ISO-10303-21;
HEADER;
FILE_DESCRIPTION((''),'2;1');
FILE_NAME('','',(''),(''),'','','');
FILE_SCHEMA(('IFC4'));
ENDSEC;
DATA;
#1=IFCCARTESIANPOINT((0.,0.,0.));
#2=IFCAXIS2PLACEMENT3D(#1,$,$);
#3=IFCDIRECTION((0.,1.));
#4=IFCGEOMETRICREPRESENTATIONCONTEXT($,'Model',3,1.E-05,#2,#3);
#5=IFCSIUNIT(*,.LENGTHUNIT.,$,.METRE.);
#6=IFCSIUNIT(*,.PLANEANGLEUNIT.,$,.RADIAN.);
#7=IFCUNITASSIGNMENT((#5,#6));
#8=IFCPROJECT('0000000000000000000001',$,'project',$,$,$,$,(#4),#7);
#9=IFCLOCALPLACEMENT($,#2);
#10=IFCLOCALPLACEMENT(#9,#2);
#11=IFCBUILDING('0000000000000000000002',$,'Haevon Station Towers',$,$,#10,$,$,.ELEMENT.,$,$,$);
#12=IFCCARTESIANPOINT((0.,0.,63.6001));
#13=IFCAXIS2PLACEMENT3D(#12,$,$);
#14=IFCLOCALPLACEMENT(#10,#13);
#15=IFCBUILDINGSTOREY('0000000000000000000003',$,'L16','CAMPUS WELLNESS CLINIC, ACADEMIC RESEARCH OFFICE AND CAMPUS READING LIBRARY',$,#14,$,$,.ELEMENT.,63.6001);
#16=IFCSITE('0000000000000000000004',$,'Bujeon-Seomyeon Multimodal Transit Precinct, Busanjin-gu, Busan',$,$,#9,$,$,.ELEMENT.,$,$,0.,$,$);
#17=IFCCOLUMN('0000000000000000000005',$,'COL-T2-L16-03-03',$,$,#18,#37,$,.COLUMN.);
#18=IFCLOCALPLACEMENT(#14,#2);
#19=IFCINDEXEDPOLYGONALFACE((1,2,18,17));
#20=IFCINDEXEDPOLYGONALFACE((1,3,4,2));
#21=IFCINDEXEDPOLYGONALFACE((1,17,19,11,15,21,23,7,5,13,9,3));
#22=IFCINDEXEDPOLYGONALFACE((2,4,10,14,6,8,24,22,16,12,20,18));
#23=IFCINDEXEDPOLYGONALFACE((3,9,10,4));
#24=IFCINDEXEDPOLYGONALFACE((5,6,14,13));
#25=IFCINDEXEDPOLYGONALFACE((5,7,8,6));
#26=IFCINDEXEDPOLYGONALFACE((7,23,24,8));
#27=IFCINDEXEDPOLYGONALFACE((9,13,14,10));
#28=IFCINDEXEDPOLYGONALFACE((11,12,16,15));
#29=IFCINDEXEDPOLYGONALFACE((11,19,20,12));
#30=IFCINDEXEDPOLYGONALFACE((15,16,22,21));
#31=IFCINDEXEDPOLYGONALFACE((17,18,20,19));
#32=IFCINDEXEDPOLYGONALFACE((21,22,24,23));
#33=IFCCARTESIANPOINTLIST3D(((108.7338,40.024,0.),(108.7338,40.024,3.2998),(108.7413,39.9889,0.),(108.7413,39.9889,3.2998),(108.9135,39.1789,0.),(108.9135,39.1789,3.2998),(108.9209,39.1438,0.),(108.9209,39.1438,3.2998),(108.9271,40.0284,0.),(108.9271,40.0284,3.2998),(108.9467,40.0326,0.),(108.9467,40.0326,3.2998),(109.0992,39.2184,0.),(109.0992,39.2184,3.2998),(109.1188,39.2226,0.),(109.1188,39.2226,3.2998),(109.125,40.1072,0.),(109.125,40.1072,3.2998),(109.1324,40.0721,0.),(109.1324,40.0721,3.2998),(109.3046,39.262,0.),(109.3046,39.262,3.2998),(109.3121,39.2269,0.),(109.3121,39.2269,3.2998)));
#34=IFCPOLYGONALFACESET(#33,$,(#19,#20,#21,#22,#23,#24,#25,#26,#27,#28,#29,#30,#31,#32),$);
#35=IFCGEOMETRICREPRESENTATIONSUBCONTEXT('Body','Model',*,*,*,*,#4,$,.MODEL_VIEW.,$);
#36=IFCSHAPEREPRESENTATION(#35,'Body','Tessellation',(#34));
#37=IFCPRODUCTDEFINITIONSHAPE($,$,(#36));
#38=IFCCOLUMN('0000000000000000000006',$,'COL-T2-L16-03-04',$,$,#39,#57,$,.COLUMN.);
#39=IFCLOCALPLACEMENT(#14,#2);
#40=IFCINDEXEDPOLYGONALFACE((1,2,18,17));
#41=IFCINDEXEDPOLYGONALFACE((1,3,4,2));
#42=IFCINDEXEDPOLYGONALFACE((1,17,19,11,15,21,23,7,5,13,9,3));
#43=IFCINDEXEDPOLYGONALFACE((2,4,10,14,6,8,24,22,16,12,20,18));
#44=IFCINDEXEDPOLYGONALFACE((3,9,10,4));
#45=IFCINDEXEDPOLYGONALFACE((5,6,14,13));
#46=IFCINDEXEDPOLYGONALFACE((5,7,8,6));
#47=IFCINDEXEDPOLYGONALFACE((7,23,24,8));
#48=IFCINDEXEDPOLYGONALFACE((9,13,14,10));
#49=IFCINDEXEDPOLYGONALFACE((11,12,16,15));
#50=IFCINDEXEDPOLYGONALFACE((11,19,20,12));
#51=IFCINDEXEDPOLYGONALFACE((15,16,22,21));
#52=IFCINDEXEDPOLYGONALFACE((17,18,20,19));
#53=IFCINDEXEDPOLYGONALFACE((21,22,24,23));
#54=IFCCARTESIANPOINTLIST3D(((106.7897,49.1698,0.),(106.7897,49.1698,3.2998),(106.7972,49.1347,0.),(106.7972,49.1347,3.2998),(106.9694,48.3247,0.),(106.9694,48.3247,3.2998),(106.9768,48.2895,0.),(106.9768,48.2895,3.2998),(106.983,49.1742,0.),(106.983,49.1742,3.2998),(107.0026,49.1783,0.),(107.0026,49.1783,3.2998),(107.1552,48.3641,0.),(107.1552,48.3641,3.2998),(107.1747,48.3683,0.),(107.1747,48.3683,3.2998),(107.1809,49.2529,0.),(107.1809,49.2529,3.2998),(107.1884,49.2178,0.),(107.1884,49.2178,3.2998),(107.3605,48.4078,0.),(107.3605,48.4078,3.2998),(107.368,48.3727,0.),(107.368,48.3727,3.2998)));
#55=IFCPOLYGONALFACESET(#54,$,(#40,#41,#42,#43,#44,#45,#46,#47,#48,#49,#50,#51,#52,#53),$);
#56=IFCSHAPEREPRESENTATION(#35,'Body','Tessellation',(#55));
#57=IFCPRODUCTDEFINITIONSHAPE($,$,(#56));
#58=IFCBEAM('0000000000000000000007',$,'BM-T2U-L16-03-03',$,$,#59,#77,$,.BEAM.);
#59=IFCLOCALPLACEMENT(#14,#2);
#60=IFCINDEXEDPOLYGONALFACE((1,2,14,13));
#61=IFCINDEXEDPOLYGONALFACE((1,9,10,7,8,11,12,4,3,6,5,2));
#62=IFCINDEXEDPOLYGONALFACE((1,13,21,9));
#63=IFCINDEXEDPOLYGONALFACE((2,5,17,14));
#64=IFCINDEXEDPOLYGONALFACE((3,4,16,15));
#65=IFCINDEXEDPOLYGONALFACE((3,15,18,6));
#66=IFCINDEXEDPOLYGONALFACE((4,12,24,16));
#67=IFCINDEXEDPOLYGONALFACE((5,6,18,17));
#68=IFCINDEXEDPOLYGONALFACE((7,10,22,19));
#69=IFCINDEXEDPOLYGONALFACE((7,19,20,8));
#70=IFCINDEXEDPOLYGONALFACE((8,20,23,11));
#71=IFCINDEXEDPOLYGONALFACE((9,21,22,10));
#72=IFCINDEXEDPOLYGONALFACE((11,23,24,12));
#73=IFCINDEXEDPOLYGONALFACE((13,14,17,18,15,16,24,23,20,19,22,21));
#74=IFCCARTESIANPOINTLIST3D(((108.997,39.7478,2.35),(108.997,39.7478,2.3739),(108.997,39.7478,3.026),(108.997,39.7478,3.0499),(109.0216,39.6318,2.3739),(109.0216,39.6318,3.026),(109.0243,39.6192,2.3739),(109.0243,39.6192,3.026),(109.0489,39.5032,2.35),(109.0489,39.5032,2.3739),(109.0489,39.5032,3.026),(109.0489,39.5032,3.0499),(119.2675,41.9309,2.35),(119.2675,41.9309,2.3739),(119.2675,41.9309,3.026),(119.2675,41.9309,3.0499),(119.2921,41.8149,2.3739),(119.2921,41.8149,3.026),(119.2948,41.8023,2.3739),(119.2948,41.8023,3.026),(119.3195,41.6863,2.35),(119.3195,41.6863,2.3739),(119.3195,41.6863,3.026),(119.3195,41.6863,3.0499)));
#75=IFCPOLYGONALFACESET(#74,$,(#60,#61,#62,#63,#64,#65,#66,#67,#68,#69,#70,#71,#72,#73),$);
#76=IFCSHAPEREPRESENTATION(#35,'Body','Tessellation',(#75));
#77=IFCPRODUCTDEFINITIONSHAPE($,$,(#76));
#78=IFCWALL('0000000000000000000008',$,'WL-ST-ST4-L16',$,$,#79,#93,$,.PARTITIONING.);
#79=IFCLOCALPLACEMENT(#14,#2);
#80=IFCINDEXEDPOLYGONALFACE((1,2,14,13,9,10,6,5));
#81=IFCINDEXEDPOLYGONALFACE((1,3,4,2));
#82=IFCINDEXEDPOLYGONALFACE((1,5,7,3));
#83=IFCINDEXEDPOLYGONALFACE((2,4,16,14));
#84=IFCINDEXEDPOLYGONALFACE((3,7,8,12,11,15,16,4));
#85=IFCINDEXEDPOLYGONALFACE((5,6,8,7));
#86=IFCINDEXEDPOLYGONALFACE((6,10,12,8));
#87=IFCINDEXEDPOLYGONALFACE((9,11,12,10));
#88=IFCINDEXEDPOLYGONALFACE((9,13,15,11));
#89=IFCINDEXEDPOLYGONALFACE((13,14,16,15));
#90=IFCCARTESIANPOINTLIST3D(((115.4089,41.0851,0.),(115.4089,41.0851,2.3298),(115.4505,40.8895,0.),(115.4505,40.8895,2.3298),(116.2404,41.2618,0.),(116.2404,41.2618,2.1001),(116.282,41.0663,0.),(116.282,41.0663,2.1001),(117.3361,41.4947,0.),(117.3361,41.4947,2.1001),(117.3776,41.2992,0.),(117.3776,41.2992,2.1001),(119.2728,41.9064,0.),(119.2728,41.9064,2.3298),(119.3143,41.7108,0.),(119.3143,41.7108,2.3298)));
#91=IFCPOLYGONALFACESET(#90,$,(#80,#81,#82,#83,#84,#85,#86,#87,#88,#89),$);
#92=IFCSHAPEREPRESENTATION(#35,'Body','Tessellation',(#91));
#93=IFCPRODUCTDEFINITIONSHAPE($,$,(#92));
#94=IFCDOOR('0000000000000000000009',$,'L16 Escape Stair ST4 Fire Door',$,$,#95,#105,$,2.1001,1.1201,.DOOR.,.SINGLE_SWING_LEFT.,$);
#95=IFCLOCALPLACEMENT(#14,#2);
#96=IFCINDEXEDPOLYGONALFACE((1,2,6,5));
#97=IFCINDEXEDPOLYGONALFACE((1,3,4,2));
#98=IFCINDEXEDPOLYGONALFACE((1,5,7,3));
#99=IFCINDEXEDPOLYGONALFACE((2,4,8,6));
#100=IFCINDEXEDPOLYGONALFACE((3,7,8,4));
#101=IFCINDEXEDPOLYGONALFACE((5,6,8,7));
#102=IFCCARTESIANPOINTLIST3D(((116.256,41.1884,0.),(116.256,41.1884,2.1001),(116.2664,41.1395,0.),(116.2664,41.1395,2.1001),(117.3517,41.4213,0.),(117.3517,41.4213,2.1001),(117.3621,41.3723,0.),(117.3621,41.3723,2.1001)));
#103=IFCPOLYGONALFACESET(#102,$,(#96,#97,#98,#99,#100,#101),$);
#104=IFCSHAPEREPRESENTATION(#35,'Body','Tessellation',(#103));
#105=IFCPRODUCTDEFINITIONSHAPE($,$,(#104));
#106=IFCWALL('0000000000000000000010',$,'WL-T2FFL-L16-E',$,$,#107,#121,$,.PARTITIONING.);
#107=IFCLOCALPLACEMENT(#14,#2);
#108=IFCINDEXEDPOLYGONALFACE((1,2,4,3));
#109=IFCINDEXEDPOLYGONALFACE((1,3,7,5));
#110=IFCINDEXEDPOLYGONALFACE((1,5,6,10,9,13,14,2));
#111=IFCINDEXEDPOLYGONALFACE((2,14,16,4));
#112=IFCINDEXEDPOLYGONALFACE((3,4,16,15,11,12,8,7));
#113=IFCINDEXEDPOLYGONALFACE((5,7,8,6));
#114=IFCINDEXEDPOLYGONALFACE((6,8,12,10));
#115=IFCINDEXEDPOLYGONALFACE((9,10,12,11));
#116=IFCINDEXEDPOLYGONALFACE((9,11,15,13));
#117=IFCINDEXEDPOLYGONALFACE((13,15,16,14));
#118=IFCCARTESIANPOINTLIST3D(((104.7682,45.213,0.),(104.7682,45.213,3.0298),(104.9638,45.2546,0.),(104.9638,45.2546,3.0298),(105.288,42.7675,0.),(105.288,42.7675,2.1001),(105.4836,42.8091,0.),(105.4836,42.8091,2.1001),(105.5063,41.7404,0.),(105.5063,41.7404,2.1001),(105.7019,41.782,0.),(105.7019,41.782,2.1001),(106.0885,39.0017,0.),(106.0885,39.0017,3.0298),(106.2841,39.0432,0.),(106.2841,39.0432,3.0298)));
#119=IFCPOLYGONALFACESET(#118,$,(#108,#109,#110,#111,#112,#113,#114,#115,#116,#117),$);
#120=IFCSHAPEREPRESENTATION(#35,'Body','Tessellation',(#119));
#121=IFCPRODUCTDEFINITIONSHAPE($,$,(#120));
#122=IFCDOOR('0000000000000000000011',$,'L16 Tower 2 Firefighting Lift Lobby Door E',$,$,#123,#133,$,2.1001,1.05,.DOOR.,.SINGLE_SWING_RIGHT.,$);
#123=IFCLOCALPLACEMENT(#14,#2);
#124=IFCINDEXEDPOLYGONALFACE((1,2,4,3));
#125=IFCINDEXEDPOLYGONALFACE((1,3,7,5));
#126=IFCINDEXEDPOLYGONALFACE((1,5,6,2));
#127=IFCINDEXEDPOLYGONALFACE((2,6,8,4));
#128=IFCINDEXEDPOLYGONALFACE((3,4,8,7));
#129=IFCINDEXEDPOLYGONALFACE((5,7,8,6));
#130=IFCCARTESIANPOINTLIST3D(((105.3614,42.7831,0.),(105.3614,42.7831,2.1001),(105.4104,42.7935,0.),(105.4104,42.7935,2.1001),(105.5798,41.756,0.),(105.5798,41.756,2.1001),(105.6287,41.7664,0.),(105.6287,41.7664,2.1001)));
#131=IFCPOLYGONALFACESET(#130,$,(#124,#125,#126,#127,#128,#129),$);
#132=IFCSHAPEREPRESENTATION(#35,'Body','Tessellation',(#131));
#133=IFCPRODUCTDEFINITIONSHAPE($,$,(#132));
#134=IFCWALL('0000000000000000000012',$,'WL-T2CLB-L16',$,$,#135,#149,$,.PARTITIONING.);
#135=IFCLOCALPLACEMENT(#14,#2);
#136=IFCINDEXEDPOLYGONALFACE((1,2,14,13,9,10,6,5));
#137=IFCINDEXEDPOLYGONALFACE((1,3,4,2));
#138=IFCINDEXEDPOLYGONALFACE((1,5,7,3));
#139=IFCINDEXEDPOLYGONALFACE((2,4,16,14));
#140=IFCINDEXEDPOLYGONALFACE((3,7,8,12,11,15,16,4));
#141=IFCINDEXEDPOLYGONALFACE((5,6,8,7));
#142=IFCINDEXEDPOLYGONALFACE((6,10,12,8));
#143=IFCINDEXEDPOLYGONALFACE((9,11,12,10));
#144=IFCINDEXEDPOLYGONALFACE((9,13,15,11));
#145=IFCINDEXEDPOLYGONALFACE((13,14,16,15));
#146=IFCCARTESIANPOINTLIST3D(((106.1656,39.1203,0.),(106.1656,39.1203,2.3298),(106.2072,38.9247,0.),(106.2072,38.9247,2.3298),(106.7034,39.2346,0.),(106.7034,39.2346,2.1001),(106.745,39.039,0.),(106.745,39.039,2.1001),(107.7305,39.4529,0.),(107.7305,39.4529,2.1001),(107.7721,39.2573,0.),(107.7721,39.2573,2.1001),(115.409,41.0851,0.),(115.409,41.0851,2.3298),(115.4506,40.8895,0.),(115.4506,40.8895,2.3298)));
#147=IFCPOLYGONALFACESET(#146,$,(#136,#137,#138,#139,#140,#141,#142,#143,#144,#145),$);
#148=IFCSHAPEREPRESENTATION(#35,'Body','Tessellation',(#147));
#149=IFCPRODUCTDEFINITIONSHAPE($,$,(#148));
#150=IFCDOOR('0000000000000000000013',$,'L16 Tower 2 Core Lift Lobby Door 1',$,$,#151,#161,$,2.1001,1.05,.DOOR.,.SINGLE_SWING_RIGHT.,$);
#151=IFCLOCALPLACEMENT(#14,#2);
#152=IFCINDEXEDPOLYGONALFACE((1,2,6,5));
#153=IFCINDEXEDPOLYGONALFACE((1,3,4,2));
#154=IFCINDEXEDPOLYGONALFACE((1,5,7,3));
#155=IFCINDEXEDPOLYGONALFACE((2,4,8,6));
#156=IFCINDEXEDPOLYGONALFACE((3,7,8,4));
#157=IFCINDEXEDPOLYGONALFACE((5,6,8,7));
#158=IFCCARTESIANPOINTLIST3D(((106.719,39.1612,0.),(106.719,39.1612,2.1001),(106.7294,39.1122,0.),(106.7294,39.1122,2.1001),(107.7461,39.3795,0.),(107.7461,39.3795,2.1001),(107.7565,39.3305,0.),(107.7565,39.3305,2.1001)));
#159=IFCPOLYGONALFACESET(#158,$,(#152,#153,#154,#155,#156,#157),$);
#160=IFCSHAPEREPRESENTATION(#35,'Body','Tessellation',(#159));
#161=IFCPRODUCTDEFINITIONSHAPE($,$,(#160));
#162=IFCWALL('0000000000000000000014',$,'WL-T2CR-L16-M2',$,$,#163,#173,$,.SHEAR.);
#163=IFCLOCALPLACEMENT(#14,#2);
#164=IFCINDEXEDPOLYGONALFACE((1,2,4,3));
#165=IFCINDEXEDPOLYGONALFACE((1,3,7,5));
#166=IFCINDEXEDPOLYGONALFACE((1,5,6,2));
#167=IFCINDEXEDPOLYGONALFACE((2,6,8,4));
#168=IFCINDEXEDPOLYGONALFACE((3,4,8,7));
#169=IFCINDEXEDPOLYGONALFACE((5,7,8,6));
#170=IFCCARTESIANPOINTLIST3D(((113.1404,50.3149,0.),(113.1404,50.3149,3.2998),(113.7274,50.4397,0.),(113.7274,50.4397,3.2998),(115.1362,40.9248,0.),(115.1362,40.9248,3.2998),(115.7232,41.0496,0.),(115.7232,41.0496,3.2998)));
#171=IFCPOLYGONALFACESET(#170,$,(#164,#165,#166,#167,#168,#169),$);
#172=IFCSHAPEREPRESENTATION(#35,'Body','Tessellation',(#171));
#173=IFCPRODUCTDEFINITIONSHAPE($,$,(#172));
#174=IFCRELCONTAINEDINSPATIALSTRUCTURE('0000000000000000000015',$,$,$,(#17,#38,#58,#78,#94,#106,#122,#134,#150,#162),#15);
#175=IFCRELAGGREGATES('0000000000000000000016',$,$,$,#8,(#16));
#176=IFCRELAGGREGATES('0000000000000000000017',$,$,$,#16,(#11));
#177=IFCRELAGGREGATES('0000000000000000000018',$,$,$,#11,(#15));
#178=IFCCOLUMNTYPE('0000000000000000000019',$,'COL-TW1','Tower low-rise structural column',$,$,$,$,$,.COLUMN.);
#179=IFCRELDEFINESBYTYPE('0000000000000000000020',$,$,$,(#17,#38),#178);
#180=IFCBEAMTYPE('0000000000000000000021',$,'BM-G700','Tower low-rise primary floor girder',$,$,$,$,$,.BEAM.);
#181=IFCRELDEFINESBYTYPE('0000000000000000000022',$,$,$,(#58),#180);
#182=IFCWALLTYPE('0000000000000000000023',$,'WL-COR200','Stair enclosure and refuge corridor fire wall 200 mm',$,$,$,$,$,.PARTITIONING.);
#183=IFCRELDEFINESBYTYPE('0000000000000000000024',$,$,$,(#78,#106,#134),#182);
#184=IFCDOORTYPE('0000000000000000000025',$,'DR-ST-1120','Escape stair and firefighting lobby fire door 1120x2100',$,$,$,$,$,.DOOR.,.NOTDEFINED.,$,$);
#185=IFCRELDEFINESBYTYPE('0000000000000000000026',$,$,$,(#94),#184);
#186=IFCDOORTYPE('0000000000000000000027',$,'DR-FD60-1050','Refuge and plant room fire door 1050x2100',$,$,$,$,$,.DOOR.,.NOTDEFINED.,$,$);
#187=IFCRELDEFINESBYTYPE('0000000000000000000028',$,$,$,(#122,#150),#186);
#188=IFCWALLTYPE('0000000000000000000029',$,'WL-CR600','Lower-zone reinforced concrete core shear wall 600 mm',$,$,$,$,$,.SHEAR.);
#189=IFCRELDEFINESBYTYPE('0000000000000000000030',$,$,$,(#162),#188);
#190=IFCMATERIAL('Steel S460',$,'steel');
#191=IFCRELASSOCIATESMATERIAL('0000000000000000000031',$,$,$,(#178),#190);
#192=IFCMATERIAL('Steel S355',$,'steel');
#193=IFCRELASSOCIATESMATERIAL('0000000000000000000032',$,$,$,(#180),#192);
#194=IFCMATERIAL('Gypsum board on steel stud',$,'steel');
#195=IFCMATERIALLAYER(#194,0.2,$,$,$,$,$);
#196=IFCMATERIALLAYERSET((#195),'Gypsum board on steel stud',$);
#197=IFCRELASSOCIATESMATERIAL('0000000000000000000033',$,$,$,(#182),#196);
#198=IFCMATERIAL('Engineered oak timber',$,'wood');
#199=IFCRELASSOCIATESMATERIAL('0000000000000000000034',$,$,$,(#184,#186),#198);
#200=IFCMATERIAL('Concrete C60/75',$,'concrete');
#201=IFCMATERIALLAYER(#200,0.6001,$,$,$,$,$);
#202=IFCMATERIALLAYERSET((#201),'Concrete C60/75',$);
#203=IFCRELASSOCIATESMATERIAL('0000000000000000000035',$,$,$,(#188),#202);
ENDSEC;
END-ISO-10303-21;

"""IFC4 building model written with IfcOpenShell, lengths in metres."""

from ifc_helpers import new_model, si_unit, direction, frame, frame_2d, origin, origin_2d, place, context, subcontext, project, spatial, rectangle, i_section, extrude, material, layer, layer_set, material_profile, profile_set, type_object, element, fill, save


model = new_model("IFC4")

# Units and contexts
model_context = context("Model", 3, precision=1e-05, world=origin(), true_north=direction((0.0, 1.0)))
body_context = subcontext(model_context, "Body", "Model", "MODEL_VIEW")
ifc_project = project(units=[si_unit("LENGTHUNIT", "METRE"), si_unit("PLANEANGLEUNIT", "RADIAN")], contexts=[model_context])

# Site, building, storey
site_placement = place(None, origin())
site = spatial("IfcSite", under=ifc_project, at=site_placement, Name="Bujeon-Seomyeon Multimodal Transit Precinct, Busanjin-gu, Busan", CompositionType="ELEMENT", RefElevation=0.0)
building_placement = place(site_placement, origin())
building = spatial("IfcBuilding", under=site, at=building_placement, Name="Haevon Station Towers", CompositionType="ELEMENT")
storey_placement = place(building_placement, frame((0.0, 0.0, 63.6001)))
storey = spatial("IfcBuildingStorey", under=building, at=storey_placement, Name="L16", Description="CAMPUS WELLNESS CLINIC, ACADEMIC RESEARCH OFFICE AND CAMPUS READING LIBRARY", CompositionType="ELEMENT", Elevation=63.6001)

# Columns
ifc_material_1 = material(Name="Steel S460", Category="steel")
ifc_material_profile_1 = material_profile(ifc_material_1, i_section(OverallWidth=0.3999, OverallDepth=0.8999, WebThickness=0.02, FlangeThickness=0.0359, at=origin_2d()), Name="H-900x400x20x36")
ifc_profile_set_1 = profile_set([ifc_material_profile_1], Name="Steel S460")
column_type = type_object("IfcColumnType", Name="COL-TW1", Description="Tower low-rise structural column", PredefinedType="COLUMN", material=ifc_profile_set_1)
for number, where, z_axis, x_axis, name in (
    (1, (109.0229, 39.6255, 0.0), (0.0, 0.0, 1.0), (0.978148, 0.207912, 0.0), "COL-T2-L16-03-03"),
    (2, (107.0789, 48.7712, 0.0), (0.0, 0.0, 1.0), (0.978148, 0.207912, 0.0), "COL-T2-L16-03-04"),
):
    element("IfcColumn", number, at=place(storey_placement, frame(where, z_axis=z_axis, x_axis=x_axis)), inside=storey, type_object=column_type, Name=name, PredefinedType="COLUMN", context=body_context, shape_type="SweptSolid", body=[
        extrude(i_section(OverallWidth=0.3999, OverallDepth=0.8999, WebThickness=0.02, FlangeThickness=0.0359, at=origin_2d()), origin(), (0.0, 0.0, 1.0), 3.2998),
    ])

# Beam
ifc_material_2 = material(Name="Steel S355", Category="steel")
ifc_material_profile_2 = material_profile(ifc_material_2, i_section(OverallWidth=0.25, OverallDepth=0.7, WebThickness=0.0129, FlangeThickness=0.0239, at=origin_2d()), Name="H-700x250x13x24")
ifc_profile_set_2 = profile_set([ifc_material_profile_2], Name="Steel S355")
beam_type = type_object("IfcBeamType", Name="BM-G700", Description="Tower low-rise primary floor girder", PredefinedType="BEAM", material=ifc_profile_set_2)
beam_placement = place(storey_placement, frame((109.0229, 39.6255, 2.7), z_axis=(0.978147, 0.207915, 0.0), x_axis=(-0.207915, 0.978147, 0.0)))
element("IfcBeam", 3, at=beam_placement, inside=storey, type_object=beam_type, Name="BM-T2U-L16-03-03", PredefinedType="BEAM", context=body_context, shape_type="SweptSolid", body=[
    extrude(i_section(OverallWidth=0.25, OverallDepth=0.7, WebThickness=0.0129, FlangeThickness=0.0239, at=origin_2d()), origin(), (0.0, 0.0, 1.0), 10.5),
])

# Walls, openings, doors
ifc_material_3 = material(Name="Gypsum board on steel stud", Category="steel")
ifc_layer_1 = layer(ifc_material_3, 0.2)
ifc_layer_set_1 = layer_set([ifc_layer_1], Name="Gypsum board on steel stud")
wall_type_1 = type_object("IfcWallType", Name="WL-COR200", Description="Stair enclosure and refuge corridor fire wall 200 mm", PredefinedType="PARTITIONING", material=ifc_layer_set_1)
wall_1_placement = place(storey_placement, frame((115.4297, 40.9873, 0.0), z_axis=(0.0, 0.0, 1.0), x_axis=(0.978147, 0.207916, 0.0)))
wall_1 = element("IfcWall", 4, at=wall_1_placement, inside=storey, type_object=wall_type_1, Name="WL-ST-ST4-L16", PredefinedType="PARTITIONING", context=body_context, shape_type="SweptSolid", body=[
    extrude(rectangle(XDim=3.9502, YDim=0.2, at=frame_2d((1.9751, 0.0))), origin(), (0.0, 0.0, 1.0), 2.3298),
])
opening_1_placement = place(wall_1_placement, frame((0.8501, 0.0, 0.0)))
opening_1 = element("IfcOpeningElement", 5, at=opening_1_placement, cuts=wall_1, PredefinedType="OPENING", context=body_context, shape_type="SweptSolid", body=[
    extrude(rectangle(XDim=1.1201, YDim=2.1001, at=frame_2d((0.5601, 1.05))), frame((0.0, 0.1099, 0.0), z_axis=(0.0, -1.0, 0.0), x_axis=(1.0, 0.0, 0.0)), (0.0, 0.0, 1.0), 0.22),
])
ifc_material_4 = material(Name="Engineered oak timber", Category="wood")
door_type_1 = type_object("IfcDoorType", Name="DR-ST-1120", Description="Escape stair and firefighting lobby fire door 1120x2100", OperationType="NOTDEFINED", PredefinedType="DOOR", material=ifc_material_4)
door_1_placement = place(opening_1_placement, origin())
door_1 = element("IfcDoor", 6, at=door_1_placement, inside=storey, type_object=door_type_1, Name="L16 Escape Stair ST4 Fire Door", OperationType="SINGLE_SWING_LEFT", OverallHeight=2.1001, OverallWidth=1.1201, PredefinedType="DOOR", context=body_context, shape_type="SweptSolid", body=[
    extrude(rectangle(XDim=1.1201, YDim=2.1001, at=frame_2d((0.5601, 1.05))), frame((0.0, 0.0249, 0.0), z_axis=(0.0, -1.0, 0.0), x_axis=(1.0, 0.0, 0.0)), (0.0, 0.0, 1.0), 0.05),
])
fill(opening_1, door_1)
wall_2_placement = place(storey_placement, frame((106.1863, 39.0225, 0.0), z_axis=(0.0, 0.0, 1.0), x_axis=(-0.207917, 0.978147, 0.0)))
wall_2 = element("IfcWall", 7, at=wall_2_placement, inside=storey, type_object=wall_type_1, Name="WL-T2FFL-L16-E", PredefinedType="PARTITIONING", context=body_context, shape_type="SweptSolid", body=[
    extrude(rectangle(XDim=6.3501, YDim=0.2, at=frame_2d((3.175, 0.0))), origin(), (0.0, 0.0, 1.0), 3.0298),
])
opening_2_placement = place(wall_2_placement, frame((2.8, 0.0, 0.0)))
opening_2 = element("IfcOpeningElement", 8, at=opening_2_placement, cuts=wall_2, PredefinedType="OPENING", context=body_context, shape_type="SweptSolid", body=[
    extrude(rectangle(XDim=1.05, YDim=2.1001, at=frame_2d((0.5249, 1.05))), frame((0.0, 0.1099, 0.0), z_axis=(0.0, -1.0, 0.0), x_axis=(1.0, 0.0, 0.0)), (0.0, 0.0, 1.0), 0.22),
])
door_type_2 = type_object("IfcDoorType", Name="DR-FD60-1050", Description="Refuge and plant room fire door 1050x2100", OperationType="NOTDEFINED", PredefinedType="DOOR", material=ifc_material_4)
door_2_placement = place(opening_2_placement, origin())
door_2 = element("IfcDoor", 9, at=door_2_placement, inside=storey, type_object=door_type_2, Name="L16 Tower 2 Firefighting Lift Lobby Door E", OperationType="SINGLE_SWING_RIGHT", OverallHeight=2.1001, OverallWidth=1.05, PredefinedType="DOOR", context=body_context, shape_type="SweptSolid", body=[
    extrude(rectangle(XDim=1.05, YDim=2.1001, at=frame_2d((0.5249, 1.05))), frame((0.0, 0.0249, 0.0), z_axis=(0.0, -1.0, 0.0), x_axis=(1.0, 0.0, 0.0)), (0.0, 0.0, 1.0), 0.05),
])
fill(opening_2, door_2)
wall_3_placement = place(storey_placement, frame((106.1863, 39.0225, 0.0), z_axis=(0.0, 0.0, 1.0), x_axis=(0.978146, 0.207921, 0.0)))
wall_3 = element("IfcWall", 10, at=wall_3_placement, inside=storey, type_object=wall_type_1, Name="WL-T2CLB-L16", PredefinedType="PARTITIONING", context=body_context, shape_type="SweptSolid", body=[
    extrude(rectangle(XDim=9.45, YDim=0.2, at=frame_2d((4.7251, 0.0))), origin(), (0.0, 0.0, 1.0), 2.3298),
])
opening_3_placement = place(wall_3_placement, frame((0.55, 0.0, 0.0)))
opening_3 = element("IfcOpeningElement", 11, at=opening_3_placement, cuts=wall_3, PredefinedType="OPENING", context=body_context, shape_type="SweptSolid", body=[
    extrude(rectangle(XDim=1.05, YDim=2.1001, at=frame_2d((0.5249, 1.05))), frame((0.0, 0.1099, 0.0), z_axis=(0.0, -1.0, 0.0), x_axis=(1.0, 0.0, 0.0)), (0.0, 0.0, 1.0), 0.22),
])
door_3_placement = place(opening_3_placement, origin())
door_3 = element("IfcDoor", 12, at=door_3_placement, inside=storey, type_object=door_type_2, Name="L16 Tower 2 Core Lift Lobby Door 1", OperationType="SINGLE_SWING_RIGHT", OverallHeight=2.1001, OverallWidth=1.05, PredefinedType="DOOR", context=body_context, shape_type="SweptSolid", body=[
    extrude(rectangle(XDim=1.05, YDim=2.1001, at=frame_2d((0.5249, 1.05))), frame((0.0, 0.0249, 0.0), z_axis=(0.0, -1.0, 0.0), x_axis=(1.0, 0.0, 0.0)), (0.0, 0.0, 1.0), 0.05),
])
fill(opening_3, door_3)

# Wall
ifc_material_5 = material(Name="Concrete C60/75", Category="concrete")
ifc_layer_2 = layer(ifc_material_5, 0.6001)
ifc_layer_set_2 = layer_set([ifc_layer_2], Name="Concrete C60/75")
wall_type_2 = type_object("IfcWallType", Name="WL-CR600", Description="Lower-zone reinforced concrete core shear wall 600 mm", PredefinedType="SHEAR", material=ifc_layer_set_2)
wall_4_placement = place(storey_placement, frame((115.4297, 40.9873, 0.0), z_axis=(0.0, 0.0, 1.0), x_axis=(-0.207903, 0.978149, 0.0)))
element("IfcWall", 13, at=wall_4_placement, inside=storey, type_object=wall_type_2, Name="WL-T2CR-L16-M2", PredefinedType="SHEAR", context=body_context, shape_type="SweptSolid", body=[
    extrude(rectangle(XDim=9.5999, YDim=0.6001, at=frame_2d((4.7998, 0.0))), origin(), (0.0, 0.0, 1.0), 3.2998),
])

save(model, "model.ifc")
